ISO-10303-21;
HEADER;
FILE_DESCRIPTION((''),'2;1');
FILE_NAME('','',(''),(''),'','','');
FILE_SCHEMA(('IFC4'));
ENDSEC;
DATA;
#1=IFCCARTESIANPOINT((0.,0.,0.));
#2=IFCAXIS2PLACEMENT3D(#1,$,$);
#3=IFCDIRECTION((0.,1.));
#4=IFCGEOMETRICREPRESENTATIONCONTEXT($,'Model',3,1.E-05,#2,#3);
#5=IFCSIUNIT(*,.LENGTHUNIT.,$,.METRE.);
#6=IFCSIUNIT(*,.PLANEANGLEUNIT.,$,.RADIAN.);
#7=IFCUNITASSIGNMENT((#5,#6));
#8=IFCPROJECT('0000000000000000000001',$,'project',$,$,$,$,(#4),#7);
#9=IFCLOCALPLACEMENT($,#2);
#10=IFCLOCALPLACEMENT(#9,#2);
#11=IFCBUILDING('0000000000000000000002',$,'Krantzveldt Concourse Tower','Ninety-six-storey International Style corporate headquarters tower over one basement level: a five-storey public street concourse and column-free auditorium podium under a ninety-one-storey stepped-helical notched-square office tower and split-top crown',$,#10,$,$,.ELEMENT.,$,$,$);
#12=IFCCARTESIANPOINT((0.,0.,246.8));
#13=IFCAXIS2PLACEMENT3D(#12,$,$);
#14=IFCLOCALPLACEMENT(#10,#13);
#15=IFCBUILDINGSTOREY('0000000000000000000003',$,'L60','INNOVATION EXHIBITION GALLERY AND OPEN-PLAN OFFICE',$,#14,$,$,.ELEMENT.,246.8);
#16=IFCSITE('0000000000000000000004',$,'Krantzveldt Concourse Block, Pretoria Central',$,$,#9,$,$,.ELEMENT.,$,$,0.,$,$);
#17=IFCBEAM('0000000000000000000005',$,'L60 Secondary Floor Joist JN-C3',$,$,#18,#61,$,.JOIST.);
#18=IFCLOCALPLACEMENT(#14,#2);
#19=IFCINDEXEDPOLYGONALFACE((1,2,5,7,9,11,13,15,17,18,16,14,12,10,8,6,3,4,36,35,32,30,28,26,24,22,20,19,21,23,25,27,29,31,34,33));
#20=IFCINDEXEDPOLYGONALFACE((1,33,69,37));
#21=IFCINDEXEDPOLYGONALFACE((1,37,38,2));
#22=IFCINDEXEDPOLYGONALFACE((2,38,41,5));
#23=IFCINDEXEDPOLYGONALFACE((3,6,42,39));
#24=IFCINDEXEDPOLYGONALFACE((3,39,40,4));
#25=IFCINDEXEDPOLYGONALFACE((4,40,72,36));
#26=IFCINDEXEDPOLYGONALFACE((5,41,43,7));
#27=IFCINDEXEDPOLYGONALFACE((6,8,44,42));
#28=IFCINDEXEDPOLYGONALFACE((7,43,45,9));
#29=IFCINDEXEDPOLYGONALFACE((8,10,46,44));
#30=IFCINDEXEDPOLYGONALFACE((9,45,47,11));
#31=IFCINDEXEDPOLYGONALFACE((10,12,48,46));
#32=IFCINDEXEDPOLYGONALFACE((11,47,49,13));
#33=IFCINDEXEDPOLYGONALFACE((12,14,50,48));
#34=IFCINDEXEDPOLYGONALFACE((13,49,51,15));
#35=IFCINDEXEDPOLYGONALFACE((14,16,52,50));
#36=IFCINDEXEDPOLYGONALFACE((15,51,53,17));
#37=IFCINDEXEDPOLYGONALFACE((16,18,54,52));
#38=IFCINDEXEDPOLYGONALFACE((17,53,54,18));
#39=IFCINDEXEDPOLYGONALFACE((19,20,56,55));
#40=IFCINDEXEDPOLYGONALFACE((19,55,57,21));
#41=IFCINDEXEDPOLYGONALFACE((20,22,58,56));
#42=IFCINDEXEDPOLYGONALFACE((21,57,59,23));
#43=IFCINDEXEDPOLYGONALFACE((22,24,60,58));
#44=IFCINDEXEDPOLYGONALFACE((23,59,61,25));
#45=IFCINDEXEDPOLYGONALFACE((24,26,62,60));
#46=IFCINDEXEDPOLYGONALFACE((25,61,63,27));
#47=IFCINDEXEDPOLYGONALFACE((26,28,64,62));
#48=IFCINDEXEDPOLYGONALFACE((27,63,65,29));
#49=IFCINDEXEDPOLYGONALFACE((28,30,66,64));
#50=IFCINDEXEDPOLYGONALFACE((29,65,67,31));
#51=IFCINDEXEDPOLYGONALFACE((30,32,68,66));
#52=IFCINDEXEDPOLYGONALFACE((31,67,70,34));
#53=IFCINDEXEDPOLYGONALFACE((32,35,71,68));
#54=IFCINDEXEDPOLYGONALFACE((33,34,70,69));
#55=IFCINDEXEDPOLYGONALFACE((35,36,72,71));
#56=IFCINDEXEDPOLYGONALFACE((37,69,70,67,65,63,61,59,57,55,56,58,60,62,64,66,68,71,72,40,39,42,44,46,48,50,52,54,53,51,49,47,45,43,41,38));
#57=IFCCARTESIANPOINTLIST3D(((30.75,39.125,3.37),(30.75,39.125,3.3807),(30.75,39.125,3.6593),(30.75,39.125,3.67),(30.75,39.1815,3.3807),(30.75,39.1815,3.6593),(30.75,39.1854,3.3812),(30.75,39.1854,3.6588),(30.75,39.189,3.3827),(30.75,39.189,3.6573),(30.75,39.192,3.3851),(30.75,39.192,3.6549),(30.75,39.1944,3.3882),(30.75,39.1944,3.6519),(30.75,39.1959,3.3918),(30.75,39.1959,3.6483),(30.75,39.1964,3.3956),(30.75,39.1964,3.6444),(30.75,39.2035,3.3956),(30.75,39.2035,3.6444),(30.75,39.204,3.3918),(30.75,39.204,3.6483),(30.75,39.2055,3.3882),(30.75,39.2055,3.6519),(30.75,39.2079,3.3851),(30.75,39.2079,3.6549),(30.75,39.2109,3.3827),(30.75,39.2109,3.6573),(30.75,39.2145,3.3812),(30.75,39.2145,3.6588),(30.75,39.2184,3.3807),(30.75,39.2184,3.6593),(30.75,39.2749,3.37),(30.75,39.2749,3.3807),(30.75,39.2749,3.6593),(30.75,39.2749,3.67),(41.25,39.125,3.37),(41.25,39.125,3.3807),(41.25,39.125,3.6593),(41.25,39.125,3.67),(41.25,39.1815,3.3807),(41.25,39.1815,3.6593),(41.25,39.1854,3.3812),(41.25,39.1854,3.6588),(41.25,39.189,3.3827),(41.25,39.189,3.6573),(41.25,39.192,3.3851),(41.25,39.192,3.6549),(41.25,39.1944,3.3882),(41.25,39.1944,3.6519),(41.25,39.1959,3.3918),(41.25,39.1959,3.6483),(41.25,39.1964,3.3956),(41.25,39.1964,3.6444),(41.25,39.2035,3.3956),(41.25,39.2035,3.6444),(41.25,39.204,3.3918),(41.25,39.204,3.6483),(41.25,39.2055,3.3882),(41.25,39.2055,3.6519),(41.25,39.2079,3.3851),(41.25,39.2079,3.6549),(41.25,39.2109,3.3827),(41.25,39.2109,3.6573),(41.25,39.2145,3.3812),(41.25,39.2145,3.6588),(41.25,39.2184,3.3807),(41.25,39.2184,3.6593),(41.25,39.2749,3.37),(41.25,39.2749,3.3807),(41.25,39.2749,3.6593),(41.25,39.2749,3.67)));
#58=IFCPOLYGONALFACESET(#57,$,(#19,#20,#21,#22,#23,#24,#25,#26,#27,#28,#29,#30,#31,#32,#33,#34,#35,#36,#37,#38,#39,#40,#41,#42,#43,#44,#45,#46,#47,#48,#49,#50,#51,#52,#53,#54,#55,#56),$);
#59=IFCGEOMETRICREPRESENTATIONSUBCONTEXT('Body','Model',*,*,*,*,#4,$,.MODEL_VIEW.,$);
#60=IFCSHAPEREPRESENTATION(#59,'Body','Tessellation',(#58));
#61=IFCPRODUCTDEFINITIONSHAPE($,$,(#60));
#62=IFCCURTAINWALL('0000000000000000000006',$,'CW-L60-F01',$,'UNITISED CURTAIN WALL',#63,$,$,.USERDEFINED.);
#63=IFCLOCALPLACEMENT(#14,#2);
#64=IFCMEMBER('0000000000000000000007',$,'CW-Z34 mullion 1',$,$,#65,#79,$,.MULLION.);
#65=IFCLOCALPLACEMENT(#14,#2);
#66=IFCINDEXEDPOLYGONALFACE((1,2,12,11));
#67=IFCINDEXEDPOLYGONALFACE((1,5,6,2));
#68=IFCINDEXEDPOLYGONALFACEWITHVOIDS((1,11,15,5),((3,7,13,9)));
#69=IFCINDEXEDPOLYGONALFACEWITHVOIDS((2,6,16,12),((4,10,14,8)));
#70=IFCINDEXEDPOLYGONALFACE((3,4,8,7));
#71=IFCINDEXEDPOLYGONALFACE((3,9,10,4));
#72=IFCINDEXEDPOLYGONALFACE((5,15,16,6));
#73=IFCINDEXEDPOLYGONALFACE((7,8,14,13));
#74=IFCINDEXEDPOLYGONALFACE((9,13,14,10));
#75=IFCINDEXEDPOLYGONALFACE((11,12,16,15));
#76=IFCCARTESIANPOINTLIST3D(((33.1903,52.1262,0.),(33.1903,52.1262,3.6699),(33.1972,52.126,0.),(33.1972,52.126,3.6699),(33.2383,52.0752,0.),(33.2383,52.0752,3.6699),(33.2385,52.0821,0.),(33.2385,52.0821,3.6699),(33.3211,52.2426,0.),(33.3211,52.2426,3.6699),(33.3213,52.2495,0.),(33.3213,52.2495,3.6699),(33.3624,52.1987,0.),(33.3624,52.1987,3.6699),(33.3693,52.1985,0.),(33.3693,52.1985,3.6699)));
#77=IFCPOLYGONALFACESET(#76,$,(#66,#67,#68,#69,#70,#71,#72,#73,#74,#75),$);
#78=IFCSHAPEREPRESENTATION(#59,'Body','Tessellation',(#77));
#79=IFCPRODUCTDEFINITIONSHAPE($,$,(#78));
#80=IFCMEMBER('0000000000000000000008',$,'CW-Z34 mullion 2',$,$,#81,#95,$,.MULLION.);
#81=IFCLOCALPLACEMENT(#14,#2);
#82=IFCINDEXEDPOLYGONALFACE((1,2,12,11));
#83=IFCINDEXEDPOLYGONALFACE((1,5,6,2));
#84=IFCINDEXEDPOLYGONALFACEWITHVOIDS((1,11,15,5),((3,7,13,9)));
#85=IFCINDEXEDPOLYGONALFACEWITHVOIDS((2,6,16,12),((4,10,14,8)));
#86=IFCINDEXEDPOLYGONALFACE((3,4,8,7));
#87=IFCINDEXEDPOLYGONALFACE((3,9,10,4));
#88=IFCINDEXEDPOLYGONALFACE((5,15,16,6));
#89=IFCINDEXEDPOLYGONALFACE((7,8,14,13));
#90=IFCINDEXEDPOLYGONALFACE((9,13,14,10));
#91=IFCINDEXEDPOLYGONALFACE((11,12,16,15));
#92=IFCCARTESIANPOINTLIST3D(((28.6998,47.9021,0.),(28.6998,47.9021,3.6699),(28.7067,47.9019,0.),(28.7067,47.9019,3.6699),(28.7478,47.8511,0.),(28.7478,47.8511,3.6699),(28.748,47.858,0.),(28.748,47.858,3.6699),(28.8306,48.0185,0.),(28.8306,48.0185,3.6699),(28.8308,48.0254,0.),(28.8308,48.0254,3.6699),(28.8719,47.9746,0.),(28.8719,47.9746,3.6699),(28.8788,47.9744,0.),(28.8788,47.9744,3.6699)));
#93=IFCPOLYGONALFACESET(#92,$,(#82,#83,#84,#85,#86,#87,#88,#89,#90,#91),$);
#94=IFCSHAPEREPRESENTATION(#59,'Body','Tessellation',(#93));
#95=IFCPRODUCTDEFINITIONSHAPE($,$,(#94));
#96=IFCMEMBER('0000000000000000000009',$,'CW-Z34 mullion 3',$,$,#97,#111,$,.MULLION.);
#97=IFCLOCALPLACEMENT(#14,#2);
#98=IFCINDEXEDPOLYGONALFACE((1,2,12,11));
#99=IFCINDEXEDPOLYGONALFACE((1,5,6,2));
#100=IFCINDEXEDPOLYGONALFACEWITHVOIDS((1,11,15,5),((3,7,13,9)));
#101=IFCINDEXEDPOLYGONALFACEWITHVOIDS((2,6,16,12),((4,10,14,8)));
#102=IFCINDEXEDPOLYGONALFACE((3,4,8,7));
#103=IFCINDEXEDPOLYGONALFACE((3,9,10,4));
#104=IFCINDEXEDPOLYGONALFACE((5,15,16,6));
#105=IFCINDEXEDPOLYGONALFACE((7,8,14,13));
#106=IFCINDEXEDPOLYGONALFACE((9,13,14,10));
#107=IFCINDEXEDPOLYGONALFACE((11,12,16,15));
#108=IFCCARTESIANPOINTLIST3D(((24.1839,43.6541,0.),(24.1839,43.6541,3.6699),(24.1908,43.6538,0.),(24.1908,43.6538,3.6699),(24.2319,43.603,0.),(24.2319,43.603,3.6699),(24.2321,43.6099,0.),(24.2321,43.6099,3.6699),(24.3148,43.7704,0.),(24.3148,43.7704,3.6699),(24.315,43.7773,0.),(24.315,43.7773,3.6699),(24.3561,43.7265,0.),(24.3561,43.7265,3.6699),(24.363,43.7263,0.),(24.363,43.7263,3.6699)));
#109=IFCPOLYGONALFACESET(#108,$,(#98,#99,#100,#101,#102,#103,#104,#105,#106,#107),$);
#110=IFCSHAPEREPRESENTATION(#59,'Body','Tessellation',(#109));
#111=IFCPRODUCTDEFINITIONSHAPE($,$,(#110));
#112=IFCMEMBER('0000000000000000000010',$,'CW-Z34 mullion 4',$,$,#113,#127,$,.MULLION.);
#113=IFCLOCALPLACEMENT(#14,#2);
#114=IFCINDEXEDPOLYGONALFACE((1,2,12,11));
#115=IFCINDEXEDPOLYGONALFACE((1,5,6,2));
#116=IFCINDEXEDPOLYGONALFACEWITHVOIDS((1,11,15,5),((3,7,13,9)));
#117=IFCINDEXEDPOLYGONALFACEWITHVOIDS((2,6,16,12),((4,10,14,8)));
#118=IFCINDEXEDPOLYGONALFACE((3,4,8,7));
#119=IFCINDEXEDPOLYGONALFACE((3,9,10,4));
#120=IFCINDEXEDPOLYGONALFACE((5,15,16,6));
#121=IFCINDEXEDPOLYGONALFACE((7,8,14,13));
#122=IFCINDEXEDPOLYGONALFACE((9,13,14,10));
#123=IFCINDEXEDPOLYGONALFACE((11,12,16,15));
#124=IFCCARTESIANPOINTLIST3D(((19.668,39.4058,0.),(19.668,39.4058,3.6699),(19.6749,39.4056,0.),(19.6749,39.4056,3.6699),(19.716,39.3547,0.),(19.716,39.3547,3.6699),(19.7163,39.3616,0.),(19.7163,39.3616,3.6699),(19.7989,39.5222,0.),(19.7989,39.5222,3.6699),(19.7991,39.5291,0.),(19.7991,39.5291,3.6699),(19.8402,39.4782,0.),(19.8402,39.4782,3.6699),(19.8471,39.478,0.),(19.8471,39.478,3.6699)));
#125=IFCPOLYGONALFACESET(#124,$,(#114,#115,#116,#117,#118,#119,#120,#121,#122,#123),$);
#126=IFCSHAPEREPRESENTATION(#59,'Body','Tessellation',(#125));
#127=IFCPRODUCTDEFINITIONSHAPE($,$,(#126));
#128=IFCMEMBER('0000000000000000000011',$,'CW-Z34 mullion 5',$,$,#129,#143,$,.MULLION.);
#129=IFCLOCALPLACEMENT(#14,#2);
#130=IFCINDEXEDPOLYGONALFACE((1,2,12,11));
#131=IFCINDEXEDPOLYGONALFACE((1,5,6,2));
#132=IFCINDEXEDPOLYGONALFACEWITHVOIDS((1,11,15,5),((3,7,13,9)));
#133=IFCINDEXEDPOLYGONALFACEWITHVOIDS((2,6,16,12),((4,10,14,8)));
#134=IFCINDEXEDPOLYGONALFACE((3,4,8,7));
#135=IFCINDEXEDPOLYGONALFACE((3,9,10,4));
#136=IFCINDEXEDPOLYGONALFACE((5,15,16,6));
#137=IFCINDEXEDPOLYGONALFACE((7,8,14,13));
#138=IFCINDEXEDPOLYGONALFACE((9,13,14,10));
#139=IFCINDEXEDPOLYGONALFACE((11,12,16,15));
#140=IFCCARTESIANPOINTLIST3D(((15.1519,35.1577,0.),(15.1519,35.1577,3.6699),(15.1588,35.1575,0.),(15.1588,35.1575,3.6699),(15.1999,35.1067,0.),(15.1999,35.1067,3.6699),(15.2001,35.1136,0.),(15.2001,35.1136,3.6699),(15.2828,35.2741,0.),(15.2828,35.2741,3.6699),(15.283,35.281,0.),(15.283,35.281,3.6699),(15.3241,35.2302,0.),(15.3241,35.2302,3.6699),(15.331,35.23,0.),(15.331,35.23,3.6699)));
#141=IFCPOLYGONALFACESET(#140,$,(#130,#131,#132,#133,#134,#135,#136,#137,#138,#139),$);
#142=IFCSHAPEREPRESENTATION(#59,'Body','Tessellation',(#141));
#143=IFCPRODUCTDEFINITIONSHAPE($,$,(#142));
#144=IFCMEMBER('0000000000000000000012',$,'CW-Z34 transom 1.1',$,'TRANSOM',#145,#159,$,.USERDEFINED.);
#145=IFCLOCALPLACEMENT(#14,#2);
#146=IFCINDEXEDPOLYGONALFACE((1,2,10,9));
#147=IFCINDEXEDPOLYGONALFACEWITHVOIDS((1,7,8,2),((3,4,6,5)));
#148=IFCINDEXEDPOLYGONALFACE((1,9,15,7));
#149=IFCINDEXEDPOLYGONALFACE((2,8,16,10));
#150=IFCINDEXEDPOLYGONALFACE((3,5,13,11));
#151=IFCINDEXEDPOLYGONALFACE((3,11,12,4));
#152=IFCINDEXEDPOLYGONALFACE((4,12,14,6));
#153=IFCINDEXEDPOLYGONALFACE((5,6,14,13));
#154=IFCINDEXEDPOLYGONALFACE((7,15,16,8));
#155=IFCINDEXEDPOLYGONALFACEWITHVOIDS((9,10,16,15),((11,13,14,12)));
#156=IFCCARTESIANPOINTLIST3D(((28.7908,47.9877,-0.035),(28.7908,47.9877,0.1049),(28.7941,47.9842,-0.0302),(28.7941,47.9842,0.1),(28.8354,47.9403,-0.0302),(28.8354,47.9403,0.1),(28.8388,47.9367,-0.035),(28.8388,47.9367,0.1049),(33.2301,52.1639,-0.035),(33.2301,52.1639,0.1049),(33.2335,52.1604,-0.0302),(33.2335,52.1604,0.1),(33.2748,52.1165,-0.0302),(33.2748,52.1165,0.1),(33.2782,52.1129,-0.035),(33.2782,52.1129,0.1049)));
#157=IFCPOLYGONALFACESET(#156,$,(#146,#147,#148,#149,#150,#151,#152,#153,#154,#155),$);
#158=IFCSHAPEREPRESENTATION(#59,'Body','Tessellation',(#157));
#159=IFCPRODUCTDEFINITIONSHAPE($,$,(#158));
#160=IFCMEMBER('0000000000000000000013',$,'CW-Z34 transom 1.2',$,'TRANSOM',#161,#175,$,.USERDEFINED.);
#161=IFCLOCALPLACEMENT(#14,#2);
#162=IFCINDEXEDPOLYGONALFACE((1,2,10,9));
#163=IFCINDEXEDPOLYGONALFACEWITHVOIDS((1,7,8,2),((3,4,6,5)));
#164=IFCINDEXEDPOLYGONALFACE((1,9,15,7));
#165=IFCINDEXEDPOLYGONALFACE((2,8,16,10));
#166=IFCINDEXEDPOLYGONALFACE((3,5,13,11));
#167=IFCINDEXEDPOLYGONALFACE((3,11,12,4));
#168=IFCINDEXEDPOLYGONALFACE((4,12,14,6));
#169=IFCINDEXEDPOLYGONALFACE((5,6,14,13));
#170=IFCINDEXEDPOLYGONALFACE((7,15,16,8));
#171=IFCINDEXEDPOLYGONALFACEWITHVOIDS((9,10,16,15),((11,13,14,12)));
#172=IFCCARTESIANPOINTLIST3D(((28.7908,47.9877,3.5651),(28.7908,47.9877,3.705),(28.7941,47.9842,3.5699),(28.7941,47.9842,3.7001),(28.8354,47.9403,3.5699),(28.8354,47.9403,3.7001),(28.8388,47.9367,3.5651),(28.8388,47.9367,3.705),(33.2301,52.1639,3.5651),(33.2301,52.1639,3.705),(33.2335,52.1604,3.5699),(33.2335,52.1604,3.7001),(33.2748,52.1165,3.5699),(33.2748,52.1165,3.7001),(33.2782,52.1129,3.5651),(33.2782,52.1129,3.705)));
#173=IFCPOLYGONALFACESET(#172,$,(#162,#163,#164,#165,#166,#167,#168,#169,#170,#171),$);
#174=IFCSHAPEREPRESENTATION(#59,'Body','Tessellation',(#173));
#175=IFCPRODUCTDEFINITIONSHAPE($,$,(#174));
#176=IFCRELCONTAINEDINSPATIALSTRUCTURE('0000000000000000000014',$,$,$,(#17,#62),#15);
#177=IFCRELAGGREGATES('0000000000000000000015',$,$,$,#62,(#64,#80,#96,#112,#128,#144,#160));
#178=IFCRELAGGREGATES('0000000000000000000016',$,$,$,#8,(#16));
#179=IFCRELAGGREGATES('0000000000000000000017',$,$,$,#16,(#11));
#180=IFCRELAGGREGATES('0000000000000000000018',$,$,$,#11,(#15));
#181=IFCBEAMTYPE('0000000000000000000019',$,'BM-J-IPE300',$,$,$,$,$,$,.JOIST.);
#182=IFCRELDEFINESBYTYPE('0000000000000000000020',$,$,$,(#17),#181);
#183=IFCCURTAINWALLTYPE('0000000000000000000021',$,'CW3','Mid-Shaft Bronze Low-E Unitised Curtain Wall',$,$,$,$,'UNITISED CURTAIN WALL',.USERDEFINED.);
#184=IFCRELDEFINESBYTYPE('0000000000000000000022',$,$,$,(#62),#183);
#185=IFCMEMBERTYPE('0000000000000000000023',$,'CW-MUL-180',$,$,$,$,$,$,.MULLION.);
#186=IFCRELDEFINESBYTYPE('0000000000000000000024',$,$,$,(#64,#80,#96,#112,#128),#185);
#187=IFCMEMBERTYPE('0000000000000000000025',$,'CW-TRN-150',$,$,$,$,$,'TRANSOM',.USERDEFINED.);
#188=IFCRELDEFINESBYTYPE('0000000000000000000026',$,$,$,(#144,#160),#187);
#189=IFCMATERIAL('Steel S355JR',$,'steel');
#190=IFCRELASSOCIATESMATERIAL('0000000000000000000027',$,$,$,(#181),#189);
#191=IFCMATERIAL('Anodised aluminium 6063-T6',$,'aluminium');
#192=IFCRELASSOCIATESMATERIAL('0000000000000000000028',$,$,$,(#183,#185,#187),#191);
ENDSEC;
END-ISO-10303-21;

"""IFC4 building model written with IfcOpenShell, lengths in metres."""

from ifc_helpers import new_model, si_unit, direction, frame, origin, origin_2d, place, context, subcontext, project, spatial, hollow_rectangle, i_section, extrude, source, transform, mapped, material, material_profile, profile_set, type_object, type_shapes, element, aggregate, save


model = new_model("IFC4")

# Units and contexts
model_context = context("Model", 3, precision=1e-05, world=origin(), true_north=direction((0.0, 1.0)))
body_context = subcontext(model_context, "Body", "Model", "MODEL_VIEW")
ifc_project = project(units=[si_unit("LENGTHUNIT", "METRE"), si_unit("PLANEANGLEUNIT", "RADIAN")], contexts=[model_context])

# Site, building, storey
site_placement = place(None, origin())
site = spatial("IfcSite", under=ifc_project, at=site_placement, Name="Krantzveldt Concourse Block, Pretoria Central", CompositionType="ELEMENT", RefElevation=0.0)
building_placement = place(site_placement, origin())
building = spatial("IfcBuilding", under=site, at=building_placement, Name="Krantzveldt Concourse Tower", Description="Ninety-six-storey International Style corporate headquarters tower over one basement level: a five-storey public street concourse and column-free auditorium podium under a ninety-one-storey stepped-helical notched-square office tower and split-top crown", CompositionType="ELEMENT")
storey_placement = place(building_placement, frame((0.0, 0.0, 246.8)))
storey = spatial("IfcBuildingStorey", under=building, at=storey_placement, Name="L60", Description="INNOVATION EXHIBITION GALLERY AND OPEN-PLAN OFFICE", CompositionType="ELEMENT", Elevation=246.8)

# Beam
ifc_material_1 = material(Name="Steel S355JR", Category="steel")
ifc_material_profile_1 = material_profile(ifc_material_1, i_section(OverallWidth=0.1499, OverallDepth=0.3, WebThickness=0.0071, FlangeThickness=0.0107, FilletRadius=0.0149, at=origin_2d()), Name="Steel S355JR", Category="steel")
ifc_profile_set_1 = profile_set([ifc_material_profile_1], Name="Steel S355JR - IPE 300")
beam_type_1 = type_object("IfcBeamType", Name="BM-J-IPE300", PredefinedType="JOIST", material=ifc_profile_set_1)
shared_shape_1 = source(origin(), body_context, "Body", "SweptSolid", [
    extrude(i_section(OverallWidth=0.1499, OverallDepth=0.3, WebThickness=0.0071, FlangeThickness=0.0107, FilletRadius=0.0149, at=origin_2d()), origin(), (0.0, 0.0, 1.0), 10.5),
])
type_shapes(beam_type_1, [shared_shape_1])
beam_1_placement = place(storey_placement, frame((30.75, 39.2, 3.52), z_axis=(1.0, 0.0, 0.0), x_axis=(0.0, 1.0, 0.0)))
element("IfcBeam", 1, at=beam_1_placement, inside=storey, type_object=beam_type_1, Name="L60 Secondary Floor Joist JN-C3", PredefinedType="JOIST", context=body_context, shape_type="MappedRepresentation", body=[
    mapped(shared_shape_1, transform((0.0, 0.0, 0.0), x_axis=(1.0, 0.0, 0.0), y_axis=(0.0, 1.0, 0.0), z_axis=(0.0, 0.0, 1.0), scale=1.0)),
])

# Curtain wall, members
ifc_material_2 = material(Name="Anodised aluminium 6063-T6", Category="aluminium")
curtain_wall_type = type_object("IfcCurtainWallType", Name="CW3", Description="Mid-Shaft Bronze Low-E Unitised Curtain Wall", ElementType="UNITISED CURTAIN WALL", PredefinedType="USERDEFINED", material=ifc_material_2)
curtain_wall_placement = place(storey_placement, origin())
curtain_wall = element("IfcCurtainWall", 2, at=curtain_wall_placement, inside=storey, type_object=curtain_wall_type, Name="CW-L60-F01", ObjectType="UNITISED CURTAIN WALL", PredefinedType="USERDEFINED")
ifc_material_profile_2 = material_profile(ifc_material_2, hollow_rectangle(XDim=0.0701, YDim=0.1799, WallThickness=0.0049, at=origin_2d()), Name="Anodised aluminium 6063-T6", Category="aluminium")
ifc_profile_set_2 = profile_set([ifc_material_profile_2], Name="Anodised aluminium 6063-T6 - ALU-MULL 180x70x5")
member_type_1 = type_object("IfcMemberType", Name="CW-MUL-180", PredefinedType="MULLION", material=ifc_profile_set_2)
shared_shape_2 = source(origin(), body_context, "Body", "SweptSolid", [
    extrude(hollow_rectangle(XDim=0.0701, YDim=0.1799, WallThickness=0.0049, at=origin_2d()), origin(), (0.0, 0.0, 1.0), 3.6699),
])
type_shapes(member_type_1, [shared_shape_2])
member_1_placement = place(storey_placement, frame((33.2798, 52.1624, 0.0), z_axis=(0.0, 0.0, 1.0), x_axis=(0.685183, -0.728371, 0.0)))
member_1 = element("IfcMember", 3, at=member_1_placement, type_object=member_type_1, Name="CW-Z34 mullion 1", PredefinedType="MULLION", context=body_context, shape_type="MappedRepresentation", body=[
    mapped(shared_shape_2, transform((0.0, 0.0, 0.0), x_axis=(1.0, 0.0, 0.0), y_axis=(0.0, 1.0, 0.0), z_axis=(0.0, 0.0, 1.0), scale=1.0)),
])
member_2_placement = place(storey_placement, frame((28.7893, 47.9382, 0.0), z_axis=(0.0, 0.0, 1.0), x_axis=(0.685183, -0.728371, 0.0)))
member_2 = element("IfcMember", 4, at=member_2_placement, type_object=member_type_1, Name="CW-Z34 mullion 2", PredefinedType="MULLION", context=body_context, shape_type="MappedRepresentation", body=[
    mapped(shared_shape_2, transform((0.0, 0.0, 0.0), x_axis=(1.0, 0.0, 0.0), y_axis=(0.0, 1.0, 0.0), z_axis=(0.0, 0.0, 1.0), scale=1.0)),
])
member_3_placement = place(storey_placement, frame((24.2734, 43.6902, 0.0), z_axis=(0.0, 0.0, 1.0), x_axis=(0.685183, -0.728371, 0.0)))
member_3 = element("IfcMember", 5, at=member_3_placement, type_object=member_type_1, Name="CW-Z34 mullion 3", PredefinedType="MULLION", context=body_context, shape_type="MappedRepresentation", body=[
    mapped(shared_shape_2, transform((0.0, 0.0, 0.0), x_axis=(1.0, 0.0, 0.0), y_axis=(0.0, 1.0, 0.0), z_axis=(0.0, 0.0, 1.0), scale=1.0)),
])
member_4_placement = place(storey_placement, frame((19.7576, 39.4419, 0.0), z_axis=(0.0, 0.0, 1.0), x_axis=(0.685183, -0.728371, 0.0)))
member_4 = element("IfcMember", 6, at=member_4_placement, type_object=member_type_1, Name="CW-Z34 mullion 4", PredefinedType="MULLION", context=body_context, shape_type="MappedRepresentation", body=[
    mapped(shared_shape_2, transform((0.0, 0.0, 0.0), x_axis=(1.0, 0.0, 0.0), y_axis=(0.0, 1.0, 0.0), z_axis=(0.0, 0.0, 1.0), scale=1.0)),
])
member_5_placement = place(storey_placement, frame((15.2415, 35.1938, 0.0), z_axis=(0.0, 0.0, 1.0), x_axis=(0.685183, -0.728371, 0.0)))
member_5 = element("IfcMember", 7, at=member_5_placement, type_object=member_type_1, Name="CW-Z34 mullion 5", PredefinedType="MULLION", context=body_context, shape_type="MappedRepresentation", body=[
    mapped(shared_shape_2, transform((0.0, 0.0, 0.0), x_axis=(1.0, 0.0, 0.0), y_axis=(0.0, 1.0, 0.0), z_axis=(0.0, 0.0, 1.0), scale=1.0)),
])
ifc_material_profile_3 = material_profile(ifc_material_2, hollow_rectangle(XDim=0.0701, YDim=0.1399, WallThickness=0.0049, at=origin_2d()), Name="Anodised aluminium 6063-T6", Category="aluminium")
ifc_profile_set_3 = profile_set([ifc_material_profile_3], Name="Anodised aluminium 6063-T6 - ALU-TRAN 140x70x5")
member_type_2 = type_object("IfcMemberType", Name="CW-TRN-150", ElementType="TRANSOM", PredefinedType="USERDEFINED", material=ifc_profile_set_3)
shared_shape_3 = source(origin(), body_context, "Body", "SweptSolid", [
    extrude(hollow_rectangle(XDim=0.0701, YDim=0.1399, WallThickness=0.0049, at=origin_2d()), origin(), (0.0, 0.0, 1.0), 6.095),
])
member_6_placement = place(storey_placement, frame((33.2542, 52.1384, 0.0349), z_axis=(-0.728367, -0.685187, 0.0), x_axis=(0.685187, -0.728367, 0.0)))
member_6 = element("IfcMember", 8, at=member_6_placement, type_object=member_type_2, Name="CW-Z34 transom 1.1", ObjectType="TRANSOM", PredefinedType="USERDEFINED", context=body_context, shape_type="MappedRepresentation", body=[
    mapped(shared_shape_3, transform((0.0, 0.0, 0.0), x_axis=(1.0, 0.0, 0.0), y_axis=(0.0, 1.0, 0.0), z_axis=(0.0, 0.0, 1.0), scale=1.0)),
])
member_7_placement = place(storey_placement, frame((33.2542, 52.1384, 3.635), z_axis=(-0.728367, -0.685187, 0.0), x_axis=(0.685187, -0.728367, 0.0)))
member_7 = element("IfcMember", 9, at=member_7_placement, type_object=member_type_2, Name="CW-Z34 transom 1.2", ObjectType="TRANSOM", PredefinedType="USERDEFINED", context=body_context, shape_type="MappedRepresentation", body=[
    mapped(shared_shape_3, transform((0.0, 0.0, 0.0), x_axis=(1.0, 0.0, 0.0), y_axis=(0.0, 1.0, 0.0), z_axis=(0.0, 0.0, 1.0), scale=1.0)),
])
aggregate(curtain_wall, [member_1, member_2, member_3, member_4, member_5, member_6, member_7])

save(model, "model.ifc")
